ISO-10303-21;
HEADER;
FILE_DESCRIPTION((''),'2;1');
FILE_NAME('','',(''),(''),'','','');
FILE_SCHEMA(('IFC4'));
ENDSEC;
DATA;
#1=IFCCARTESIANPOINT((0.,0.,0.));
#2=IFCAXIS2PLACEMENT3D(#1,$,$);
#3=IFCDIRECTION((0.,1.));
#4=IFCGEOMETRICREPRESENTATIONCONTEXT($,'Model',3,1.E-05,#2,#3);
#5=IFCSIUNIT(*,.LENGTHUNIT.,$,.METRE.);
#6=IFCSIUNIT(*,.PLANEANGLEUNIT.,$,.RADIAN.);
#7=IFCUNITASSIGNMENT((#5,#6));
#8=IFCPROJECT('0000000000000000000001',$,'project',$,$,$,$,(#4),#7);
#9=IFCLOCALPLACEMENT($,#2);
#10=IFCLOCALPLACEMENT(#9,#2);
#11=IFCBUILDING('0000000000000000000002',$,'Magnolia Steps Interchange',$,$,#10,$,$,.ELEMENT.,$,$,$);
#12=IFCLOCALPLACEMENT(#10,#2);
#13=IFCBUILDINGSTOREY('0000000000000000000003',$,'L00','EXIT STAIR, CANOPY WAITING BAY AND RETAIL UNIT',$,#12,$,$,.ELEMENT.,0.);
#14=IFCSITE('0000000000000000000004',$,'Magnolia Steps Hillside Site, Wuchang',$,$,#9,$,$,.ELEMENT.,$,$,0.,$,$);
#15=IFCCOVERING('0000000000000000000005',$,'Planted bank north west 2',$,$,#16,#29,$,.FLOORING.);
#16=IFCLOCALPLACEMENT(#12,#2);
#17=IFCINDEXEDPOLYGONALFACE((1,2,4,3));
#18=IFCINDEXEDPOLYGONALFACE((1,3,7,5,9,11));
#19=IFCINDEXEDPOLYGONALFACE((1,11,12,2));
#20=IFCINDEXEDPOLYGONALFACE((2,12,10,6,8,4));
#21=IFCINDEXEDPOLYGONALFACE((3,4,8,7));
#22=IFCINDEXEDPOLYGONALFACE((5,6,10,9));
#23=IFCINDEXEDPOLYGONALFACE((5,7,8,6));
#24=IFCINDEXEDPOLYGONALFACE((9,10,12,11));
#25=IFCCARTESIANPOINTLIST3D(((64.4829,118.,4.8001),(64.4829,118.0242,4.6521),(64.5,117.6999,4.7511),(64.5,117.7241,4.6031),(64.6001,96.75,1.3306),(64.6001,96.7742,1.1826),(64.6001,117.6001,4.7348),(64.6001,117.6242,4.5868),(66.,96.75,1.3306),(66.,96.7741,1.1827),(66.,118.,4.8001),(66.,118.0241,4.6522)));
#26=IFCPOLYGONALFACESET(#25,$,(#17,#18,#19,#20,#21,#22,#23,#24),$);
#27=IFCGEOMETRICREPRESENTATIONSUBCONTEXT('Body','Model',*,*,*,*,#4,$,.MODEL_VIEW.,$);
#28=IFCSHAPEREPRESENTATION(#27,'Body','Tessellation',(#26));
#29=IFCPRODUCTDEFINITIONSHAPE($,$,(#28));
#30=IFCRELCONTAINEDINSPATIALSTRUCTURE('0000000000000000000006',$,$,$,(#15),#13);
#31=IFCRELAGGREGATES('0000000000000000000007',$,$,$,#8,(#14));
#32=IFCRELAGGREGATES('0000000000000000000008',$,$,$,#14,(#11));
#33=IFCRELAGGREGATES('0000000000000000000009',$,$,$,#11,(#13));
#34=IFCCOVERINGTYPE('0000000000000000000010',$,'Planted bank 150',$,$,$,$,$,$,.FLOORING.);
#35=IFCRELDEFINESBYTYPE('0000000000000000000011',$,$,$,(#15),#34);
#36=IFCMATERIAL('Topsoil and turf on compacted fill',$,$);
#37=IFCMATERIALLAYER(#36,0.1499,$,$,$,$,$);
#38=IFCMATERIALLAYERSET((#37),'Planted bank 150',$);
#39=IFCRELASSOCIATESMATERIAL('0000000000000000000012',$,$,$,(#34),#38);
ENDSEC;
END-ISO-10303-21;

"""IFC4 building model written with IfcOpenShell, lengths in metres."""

from ifc_helpers import new_model, si_unit, direction, frame, origin, place, context, subcontext, project, spatial, polyline, outline, extrude, material, layer, layer_set, type_object, element, save


model = new_model("IFC4")

# Units and contexts
model_context = context("Model", 3, precision=1e-05, world=origin(), true_north=direction((0.0, 1.0)))
body_context = subcontext(model_context, "Body", "Model", "MODEL_VIEW")
ifc_project = project(units=[si_unit("LENGTHUNIT", "METRE"), si_unit("PLANEANGLEUNIT", "RADIAN")], contexts=[model_context])

# Site, building, storey
site_placement = place(None, origin())
site = spatial("IfcSite", under=ifc_project, at=site_placement, Name="Magnolia Steps Hillside Site, Wuchang", CompositionType="ELEMENT", RefElevation=0.0)
building_placement = place(site_placement, origin())
building = spatial("IfcBuilding", under=site, at=building_placement, Name="Magnolia Steps Interchange", CompositionType="ELEMENT")
storey_placement = place(building_placement, origin())
storey = spatial("IfcBuildingStorey", under=building, at=storey_placement, Name="L00", Description="EXIT STAIR, CANOPY WAITING BAY AND RETAIL UNIT", CompositionType="ELEMENT", Elevation=0.0)

# Covering
ifc_material_1 = material(Name="Topsoil and turf on compacted fill")
ifc_layer_1 = layer(ifc_material_1, 0.1499)
ifc_layer_set_1 = layer_set([ifc_layer_1], Name="Planted bank 150")
covering_type_1 = type_object("IfcCoveringType", Name="Planted bank 150", PredefinedType="FLOORING", material=ifc_layer_set_1)
covering_1_placement = place(storey_placement, frame((64.6001, 96.75, 1.3306), z_axis=(-0.000048, -0.161137, 0.986932), x_axis=(0.0, 0.986932, 0.161137)))
element("IfcCovering", 1, at=covering_1_placement, inside=storey, type_object=covering_type_1, Name="Planted bank north west 2", PredefinedType="FLOORING", context=body_context, shape_type="SweptSolid", body=[
    extrude(outline(polyline([(0.0, 0.0), (21.1261, 0.0), (21.2273, 0.1001), (21.5314, 0.1172), (21.5314, -1.3999), (0.0, -1.3999), (0.0, 0.0)])), origin(), (0.0, 0.0, -1.0), 0.1499),
])

save(model, "model.ifc")
